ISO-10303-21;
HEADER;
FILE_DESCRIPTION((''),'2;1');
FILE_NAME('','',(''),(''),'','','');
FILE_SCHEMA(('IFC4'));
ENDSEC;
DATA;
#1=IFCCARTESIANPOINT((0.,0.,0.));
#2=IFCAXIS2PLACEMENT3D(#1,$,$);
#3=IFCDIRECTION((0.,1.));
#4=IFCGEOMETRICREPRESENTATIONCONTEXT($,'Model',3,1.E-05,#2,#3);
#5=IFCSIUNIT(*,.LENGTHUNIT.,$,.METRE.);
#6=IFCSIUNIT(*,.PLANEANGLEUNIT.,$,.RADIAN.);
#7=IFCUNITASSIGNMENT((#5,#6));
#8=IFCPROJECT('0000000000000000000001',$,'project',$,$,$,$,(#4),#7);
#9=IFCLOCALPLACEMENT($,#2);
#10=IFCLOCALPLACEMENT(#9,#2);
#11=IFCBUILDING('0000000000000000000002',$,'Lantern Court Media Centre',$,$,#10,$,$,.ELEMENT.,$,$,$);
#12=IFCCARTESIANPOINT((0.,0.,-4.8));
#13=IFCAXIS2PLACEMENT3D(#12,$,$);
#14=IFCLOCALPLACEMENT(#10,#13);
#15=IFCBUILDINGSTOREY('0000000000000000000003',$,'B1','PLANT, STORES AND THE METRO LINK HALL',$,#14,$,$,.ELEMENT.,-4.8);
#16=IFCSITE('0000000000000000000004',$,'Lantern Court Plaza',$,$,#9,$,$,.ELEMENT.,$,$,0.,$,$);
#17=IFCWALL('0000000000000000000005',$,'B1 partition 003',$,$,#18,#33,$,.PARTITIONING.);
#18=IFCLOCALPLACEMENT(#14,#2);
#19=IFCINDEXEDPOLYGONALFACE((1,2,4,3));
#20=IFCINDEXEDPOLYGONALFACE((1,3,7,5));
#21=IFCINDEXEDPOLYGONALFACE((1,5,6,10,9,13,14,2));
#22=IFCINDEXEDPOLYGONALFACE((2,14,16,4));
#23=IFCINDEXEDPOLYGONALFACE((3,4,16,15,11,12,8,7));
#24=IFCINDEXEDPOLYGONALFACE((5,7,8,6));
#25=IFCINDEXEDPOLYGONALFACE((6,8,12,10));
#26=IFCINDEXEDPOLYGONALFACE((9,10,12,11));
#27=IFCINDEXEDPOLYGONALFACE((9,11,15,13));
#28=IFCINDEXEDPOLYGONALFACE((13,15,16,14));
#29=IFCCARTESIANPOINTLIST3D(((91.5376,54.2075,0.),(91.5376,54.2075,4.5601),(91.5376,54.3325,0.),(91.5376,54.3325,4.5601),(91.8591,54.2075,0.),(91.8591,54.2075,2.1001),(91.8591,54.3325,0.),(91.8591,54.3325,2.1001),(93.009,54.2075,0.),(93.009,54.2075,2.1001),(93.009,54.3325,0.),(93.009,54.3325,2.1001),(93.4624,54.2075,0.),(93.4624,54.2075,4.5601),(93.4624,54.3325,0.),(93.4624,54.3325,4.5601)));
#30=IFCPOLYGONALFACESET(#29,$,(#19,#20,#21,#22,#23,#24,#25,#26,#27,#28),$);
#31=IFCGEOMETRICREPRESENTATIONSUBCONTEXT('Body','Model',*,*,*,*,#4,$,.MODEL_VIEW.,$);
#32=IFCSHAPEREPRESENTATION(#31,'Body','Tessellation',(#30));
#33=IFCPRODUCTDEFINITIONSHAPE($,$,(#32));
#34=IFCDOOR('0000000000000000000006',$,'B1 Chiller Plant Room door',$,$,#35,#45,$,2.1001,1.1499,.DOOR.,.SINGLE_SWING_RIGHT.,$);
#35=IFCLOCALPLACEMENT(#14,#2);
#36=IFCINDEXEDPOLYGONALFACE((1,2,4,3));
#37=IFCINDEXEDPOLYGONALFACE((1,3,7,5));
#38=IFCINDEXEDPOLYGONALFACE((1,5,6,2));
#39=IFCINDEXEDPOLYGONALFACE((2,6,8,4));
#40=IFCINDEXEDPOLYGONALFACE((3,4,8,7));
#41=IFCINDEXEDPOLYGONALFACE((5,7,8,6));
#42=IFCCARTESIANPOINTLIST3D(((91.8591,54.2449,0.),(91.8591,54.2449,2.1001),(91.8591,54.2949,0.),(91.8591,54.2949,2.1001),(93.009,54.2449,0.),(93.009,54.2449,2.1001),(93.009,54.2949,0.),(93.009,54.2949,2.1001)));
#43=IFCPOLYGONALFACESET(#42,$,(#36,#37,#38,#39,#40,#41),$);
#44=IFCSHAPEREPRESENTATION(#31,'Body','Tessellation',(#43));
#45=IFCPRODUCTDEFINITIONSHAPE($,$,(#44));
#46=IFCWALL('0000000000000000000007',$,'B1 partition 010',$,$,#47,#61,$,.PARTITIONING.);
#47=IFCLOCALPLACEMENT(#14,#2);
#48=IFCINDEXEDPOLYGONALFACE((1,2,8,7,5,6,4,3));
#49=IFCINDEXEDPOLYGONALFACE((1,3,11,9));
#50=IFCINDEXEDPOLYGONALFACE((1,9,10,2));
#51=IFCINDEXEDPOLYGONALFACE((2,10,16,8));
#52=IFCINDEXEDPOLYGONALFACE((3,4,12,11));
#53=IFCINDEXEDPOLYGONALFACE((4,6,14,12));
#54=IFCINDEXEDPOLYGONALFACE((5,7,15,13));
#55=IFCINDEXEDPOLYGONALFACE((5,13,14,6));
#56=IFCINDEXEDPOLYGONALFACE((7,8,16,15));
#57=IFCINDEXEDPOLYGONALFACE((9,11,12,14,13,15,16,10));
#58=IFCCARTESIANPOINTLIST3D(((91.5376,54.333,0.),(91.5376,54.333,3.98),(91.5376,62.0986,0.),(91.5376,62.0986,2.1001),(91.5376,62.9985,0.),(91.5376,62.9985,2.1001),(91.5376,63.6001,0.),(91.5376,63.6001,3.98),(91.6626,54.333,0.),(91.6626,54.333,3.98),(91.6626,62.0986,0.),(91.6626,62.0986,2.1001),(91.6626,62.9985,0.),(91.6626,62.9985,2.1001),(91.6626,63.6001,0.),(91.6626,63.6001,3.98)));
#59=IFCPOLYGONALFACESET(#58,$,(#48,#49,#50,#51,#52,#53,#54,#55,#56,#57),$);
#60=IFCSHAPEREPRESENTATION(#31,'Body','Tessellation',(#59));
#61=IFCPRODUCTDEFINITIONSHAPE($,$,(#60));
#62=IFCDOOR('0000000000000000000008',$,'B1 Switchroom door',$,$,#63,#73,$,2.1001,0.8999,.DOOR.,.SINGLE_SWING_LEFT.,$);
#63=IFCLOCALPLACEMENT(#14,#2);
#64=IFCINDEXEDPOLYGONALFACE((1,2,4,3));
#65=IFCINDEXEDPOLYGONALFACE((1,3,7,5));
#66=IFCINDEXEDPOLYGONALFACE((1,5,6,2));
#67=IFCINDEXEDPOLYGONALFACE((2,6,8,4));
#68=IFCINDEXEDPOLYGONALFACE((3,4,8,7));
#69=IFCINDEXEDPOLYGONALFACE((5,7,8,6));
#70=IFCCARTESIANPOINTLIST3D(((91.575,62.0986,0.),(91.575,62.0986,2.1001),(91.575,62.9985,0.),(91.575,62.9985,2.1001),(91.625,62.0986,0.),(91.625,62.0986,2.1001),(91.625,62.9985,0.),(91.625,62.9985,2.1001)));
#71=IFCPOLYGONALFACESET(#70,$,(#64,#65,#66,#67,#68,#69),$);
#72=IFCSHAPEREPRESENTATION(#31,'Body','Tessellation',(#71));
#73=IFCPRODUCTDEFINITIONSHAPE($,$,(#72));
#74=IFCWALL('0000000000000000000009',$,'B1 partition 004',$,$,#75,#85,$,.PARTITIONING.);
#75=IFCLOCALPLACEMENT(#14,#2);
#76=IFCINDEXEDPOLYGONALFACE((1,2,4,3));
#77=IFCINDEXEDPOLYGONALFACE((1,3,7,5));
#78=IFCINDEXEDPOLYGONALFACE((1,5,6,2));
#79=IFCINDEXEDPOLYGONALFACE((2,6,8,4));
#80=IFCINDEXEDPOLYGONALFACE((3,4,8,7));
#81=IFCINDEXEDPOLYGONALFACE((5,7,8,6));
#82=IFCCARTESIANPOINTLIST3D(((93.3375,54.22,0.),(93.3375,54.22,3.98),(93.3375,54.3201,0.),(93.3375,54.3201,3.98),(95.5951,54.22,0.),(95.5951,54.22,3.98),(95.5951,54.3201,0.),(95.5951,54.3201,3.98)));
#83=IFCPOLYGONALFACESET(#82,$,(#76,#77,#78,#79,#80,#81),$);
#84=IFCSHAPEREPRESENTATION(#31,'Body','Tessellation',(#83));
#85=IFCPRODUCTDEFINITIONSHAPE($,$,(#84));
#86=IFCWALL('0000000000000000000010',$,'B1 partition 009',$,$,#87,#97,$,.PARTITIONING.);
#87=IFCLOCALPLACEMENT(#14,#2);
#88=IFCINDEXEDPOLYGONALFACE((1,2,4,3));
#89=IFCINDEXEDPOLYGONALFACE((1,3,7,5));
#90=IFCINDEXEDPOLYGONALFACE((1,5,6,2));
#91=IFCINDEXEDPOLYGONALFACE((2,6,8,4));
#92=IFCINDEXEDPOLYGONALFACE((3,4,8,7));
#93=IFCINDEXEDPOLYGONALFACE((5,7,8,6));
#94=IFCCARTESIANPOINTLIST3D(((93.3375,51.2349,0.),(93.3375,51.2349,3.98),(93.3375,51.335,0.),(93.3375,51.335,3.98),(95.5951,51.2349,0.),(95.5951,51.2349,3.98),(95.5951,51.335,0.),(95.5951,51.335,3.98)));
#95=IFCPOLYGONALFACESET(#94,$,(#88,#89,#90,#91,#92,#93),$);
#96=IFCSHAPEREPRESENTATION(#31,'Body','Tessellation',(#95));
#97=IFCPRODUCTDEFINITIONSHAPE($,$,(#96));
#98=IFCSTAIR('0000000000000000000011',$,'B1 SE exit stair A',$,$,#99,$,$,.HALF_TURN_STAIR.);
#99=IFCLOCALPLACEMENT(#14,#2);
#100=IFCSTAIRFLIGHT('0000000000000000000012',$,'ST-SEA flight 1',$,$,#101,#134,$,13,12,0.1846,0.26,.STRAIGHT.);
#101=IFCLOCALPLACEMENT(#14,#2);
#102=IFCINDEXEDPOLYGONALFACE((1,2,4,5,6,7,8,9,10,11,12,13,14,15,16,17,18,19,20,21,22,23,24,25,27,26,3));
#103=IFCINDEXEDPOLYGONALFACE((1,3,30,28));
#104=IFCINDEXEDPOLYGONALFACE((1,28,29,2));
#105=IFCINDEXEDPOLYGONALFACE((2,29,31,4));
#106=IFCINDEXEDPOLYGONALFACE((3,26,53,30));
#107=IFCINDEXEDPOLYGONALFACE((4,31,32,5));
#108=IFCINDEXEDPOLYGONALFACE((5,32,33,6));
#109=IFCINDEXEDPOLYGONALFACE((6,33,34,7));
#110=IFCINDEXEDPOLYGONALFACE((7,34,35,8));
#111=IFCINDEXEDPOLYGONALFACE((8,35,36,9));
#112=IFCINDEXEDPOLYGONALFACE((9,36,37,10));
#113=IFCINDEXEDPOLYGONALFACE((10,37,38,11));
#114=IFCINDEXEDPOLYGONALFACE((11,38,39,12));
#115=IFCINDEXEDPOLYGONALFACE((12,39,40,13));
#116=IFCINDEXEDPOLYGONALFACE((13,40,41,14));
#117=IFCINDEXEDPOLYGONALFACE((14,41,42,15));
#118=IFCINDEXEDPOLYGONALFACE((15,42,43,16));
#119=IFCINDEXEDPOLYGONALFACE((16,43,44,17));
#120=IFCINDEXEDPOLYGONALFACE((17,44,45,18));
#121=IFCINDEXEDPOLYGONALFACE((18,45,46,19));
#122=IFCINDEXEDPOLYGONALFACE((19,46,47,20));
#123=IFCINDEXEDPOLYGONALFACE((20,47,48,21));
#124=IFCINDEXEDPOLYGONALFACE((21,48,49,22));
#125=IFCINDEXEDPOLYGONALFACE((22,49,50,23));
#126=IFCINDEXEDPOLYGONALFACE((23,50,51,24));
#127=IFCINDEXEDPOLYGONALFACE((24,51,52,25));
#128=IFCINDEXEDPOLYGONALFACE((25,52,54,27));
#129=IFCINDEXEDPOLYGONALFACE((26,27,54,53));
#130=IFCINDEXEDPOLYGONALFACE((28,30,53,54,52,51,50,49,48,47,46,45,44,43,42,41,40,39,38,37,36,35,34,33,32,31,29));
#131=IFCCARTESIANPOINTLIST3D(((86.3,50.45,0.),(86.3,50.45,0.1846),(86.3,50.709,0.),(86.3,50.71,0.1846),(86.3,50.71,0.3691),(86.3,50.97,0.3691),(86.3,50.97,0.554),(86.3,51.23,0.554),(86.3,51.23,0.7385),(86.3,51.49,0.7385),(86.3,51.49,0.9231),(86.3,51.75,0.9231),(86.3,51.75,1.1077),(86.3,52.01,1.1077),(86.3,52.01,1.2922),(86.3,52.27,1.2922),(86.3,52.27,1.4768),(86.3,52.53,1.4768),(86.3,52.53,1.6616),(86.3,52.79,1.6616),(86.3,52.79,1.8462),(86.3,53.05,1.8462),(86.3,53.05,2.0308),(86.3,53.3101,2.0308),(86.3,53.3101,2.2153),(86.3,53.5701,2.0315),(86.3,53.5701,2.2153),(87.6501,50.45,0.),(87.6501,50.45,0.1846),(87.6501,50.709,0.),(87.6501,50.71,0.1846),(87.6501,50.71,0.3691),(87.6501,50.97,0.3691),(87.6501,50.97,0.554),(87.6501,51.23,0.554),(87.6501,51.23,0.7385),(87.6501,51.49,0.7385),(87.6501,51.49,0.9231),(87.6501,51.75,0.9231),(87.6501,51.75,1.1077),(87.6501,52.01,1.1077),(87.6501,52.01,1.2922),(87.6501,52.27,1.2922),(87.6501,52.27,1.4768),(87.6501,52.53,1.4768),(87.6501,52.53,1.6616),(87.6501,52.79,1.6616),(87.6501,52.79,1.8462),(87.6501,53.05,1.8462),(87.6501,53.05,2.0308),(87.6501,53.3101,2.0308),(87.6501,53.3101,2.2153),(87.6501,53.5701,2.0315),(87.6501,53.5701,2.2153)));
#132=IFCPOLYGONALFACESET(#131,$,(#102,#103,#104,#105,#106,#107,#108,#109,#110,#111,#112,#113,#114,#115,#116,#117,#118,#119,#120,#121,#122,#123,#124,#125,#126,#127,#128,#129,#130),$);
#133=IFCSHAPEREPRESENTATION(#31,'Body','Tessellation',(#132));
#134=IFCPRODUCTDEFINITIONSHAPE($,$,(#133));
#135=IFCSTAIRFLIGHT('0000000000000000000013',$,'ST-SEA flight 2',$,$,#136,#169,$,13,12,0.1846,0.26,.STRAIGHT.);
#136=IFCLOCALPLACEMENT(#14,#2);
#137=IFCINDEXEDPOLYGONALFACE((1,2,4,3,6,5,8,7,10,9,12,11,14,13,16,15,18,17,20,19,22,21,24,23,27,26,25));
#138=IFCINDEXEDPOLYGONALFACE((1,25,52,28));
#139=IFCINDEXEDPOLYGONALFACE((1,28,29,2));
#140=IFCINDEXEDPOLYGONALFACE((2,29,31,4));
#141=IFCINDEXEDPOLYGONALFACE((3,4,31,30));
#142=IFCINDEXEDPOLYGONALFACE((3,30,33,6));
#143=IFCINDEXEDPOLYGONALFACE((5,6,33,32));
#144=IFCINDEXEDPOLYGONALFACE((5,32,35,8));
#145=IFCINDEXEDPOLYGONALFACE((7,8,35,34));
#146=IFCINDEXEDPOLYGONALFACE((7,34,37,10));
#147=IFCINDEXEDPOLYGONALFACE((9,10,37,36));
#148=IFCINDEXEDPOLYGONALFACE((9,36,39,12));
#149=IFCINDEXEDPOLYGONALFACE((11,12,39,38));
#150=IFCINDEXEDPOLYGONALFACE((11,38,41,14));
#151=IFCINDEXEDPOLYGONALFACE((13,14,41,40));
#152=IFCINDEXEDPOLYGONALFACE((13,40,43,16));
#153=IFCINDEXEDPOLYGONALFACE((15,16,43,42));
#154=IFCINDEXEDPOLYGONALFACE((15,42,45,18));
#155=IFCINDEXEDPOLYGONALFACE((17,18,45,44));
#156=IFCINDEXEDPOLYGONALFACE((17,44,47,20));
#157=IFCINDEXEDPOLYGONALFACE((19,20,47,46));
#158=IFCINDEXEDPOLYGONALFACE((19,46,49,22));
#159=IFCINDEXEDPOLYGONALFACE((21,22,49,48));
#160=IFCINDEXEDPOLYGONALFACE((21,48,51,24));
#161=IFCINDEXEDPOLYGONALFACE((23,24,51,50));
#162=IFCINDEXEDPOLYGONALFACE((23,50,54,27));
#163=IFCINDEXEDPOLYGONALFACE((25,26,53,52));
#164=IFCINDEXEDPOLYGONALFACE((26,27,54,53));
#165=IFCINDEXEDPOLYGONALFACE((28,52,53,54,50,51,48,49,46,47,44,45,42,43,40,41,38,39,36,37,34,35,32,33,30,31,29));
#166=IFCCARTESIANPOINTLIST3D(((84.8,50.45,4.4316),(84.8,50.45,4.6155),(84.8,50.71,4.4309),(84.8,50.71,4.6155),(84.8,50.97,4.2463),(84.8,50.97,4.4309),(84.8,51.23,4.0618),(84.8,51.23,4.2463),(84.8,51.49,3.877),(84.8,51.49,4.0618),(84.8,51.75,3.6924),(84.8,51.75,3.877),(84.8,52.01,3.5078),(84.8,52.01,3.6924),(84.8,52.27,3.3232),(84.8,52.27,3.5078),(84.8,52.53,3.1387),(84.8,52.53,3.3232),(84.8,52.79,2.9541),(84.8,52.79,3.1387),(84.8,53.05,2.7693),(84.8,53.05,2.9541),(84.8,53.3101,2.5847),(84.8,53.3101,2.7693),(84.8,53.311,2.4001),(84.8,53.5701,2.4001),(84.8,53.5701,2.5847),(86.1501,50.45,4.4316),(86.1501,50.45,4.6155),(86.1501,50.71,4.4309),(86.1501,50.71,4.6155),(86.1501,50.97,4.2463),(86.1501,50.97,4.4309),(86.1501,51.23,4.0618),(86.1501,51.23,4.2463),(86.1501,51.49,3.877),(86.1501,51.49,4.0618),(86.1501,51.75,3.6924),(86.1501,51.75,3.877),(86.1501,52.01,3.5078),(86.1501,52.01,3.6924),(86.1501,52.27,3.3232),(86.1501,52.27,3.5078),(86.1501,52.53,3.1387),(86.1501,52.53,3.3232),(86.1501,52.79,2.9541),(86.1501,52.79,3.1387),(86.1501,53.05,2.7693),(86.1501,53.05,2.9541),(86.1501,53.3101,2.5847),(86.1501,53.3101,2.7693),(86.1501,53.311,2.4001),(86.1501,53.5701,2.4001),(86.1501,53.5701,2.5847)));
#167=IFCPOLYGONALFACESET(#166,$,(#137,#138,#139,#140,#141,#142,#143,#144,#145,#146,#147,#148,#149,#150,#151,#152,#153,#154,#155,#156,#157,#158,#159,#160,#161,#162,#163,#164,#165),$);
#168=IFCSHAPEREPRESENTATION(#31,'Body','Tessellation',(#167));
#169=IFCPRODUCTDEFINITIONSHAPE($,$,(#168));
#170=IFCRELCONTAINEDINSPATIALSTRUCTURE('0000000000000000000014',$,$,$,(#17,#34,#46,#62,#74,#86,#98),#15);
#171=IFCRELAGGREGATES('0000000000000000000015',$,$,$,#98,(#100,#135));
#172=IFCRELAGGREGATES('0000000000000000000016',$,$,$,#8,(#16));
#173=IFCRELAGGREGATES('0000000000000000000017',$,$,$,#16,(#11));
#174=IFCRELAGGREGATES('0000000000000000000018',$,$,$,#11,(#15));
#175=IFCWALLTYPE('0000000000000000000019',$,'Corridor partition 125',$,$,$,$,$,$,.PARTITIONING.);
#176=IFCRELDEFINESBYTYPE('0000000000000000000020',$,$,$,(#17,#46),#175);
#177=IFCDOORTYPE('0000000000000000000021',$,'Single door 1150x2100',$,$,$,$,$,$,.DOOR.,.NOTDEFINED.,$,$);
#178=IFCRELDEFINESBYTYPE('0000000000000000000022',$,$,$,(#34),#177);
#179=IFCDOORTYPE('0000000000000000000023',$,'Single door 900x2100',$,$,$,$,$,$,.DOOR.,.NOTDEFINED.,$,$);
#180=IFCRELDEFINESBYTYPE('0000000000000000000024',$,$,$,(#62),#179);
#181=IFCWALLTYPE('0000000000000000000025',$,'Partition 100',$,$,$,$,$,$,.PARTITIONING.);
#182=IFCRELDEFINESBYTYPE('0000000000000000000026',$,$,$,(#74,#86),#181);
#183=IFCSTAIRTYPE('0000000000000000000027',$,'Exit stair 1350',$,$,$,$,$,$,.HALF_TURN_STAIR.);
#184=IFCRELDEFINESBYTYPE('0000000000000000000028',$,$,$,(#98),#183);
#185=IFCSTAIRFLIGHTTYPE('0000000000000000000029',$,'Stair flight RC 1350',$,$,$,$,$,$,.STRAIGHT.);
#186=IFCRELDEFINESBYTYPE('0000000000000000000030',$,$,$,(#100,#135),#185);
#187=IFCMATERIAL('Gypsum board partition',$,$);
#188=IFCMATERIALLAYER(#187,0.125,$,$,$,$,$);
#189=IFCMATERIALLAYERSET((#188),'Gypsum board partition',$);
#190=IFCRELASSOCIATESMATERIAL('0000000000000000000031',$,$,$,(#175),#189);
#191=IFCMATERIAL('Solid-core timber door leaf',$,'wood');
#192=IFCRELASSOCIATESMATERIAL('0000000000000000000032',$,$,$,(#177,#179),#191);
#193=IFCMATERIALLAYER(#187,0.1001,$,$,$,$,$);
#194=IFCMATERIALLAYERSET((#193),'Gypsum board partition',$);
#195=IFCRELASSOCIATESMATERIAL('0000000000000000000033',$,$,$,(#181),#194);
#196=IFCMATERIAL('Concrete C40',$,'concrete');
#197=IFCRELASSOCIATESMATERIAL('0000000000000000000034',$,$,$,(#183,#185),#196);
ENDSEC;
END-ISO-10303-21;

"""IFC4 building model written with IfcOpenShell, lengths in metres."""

from ifc_helpers import new_model, si_unit, direction, frame, frame_2d, origin, place, context, subcontext, project, spatial, polyline, rectangle, outline, extrude, material, layer, layer_set, type_object, element, fill, aggregate, save


model = new_model("IFC4")

# Units and contexts
model_context = context("Model", 3, precision=1e-05, world=origin(), true_north=direction((0.0, 1.0)))
body_context = subcontext(model_context, "Body", "Model", "MODEL_VIEW")
ifc_project = project(units=[si_unit("LENGTHUNIT", "METRE"), si_unit("PLANEANGLEUNIT", "RADIAN")], contexts=[model_context])

# Site, building, storey
site_placement = place(None, origin())
site = spatial("IfcSite", under=ifc_project, at=site_placement, Name="Lantern Court Plaza", CompositionType="ELEMENT", RefElevation=0.0)
building_placement = place(site_placement, origin())
building = spatial("IfcBuilding", under=site, at=building_placement, Name="Lantern Court Media Centre", CompositionType="ELEMENT")
storey_placement = place(building_placement, frame((0.0, 0.0, -4.8)))
storey = spatial("IfcBuildingStorey", under=building, at=storey_placement, Name="B1", Description="PLANT, STORES AND THE METRO LINK HALL", CompositionType="ELEMENT", Elevation=-4.8)

# Walls, openings, doors
ifc_material_1 = material(Name="Gypsum board partition")
ifc_layer_1 = layer(ifc_material_1, 0.125)
ifc_layer_set_1 = layer_set([ifc_layer_1], Name="Gypsum board partition")
wall_type_1 = type_object("IfcWallType", Name="Corridor partition 125", PredefinedType="PARTITIONING", material=ifc_layer_set_1)
wall_1_placement = place(storey_placement, frame((91.5376, 54.27, 0.0), z_axis=(0.0, 0.0, 1.0), x_axis=(1.0, 0.0, 0.0)))
wall_1 = element("IfcWall", 1, at=wall_1_placement, inside=storey, type_object=wall_type_1, Name="B1 partition 003", PredefinedType="PARTITIONING", context=body_context, shape_type="SweptSolid", body=[
    extrude(rectangle(XDim=1.9248, YDim=0.125, at=frame_2d((0.9624, 0.0))), origin(), (0.0, 0.0, 1.0), 4.5601),
])
opening_1_placement = place(wall_1_placement, frame((0.3215, 0.0, 0.0)))
opening_1 = element("IfcOpeningElement", 2, at=opening_1_placement, cuts=wall_1, PredefinedType="OPENING", context=body_context, shape_type="SweptSolid", body=[
    extrude(rectangle(XDim=1.1499, YDim=2.1001, at=frame_2d((0.575, 1.05))), frame((0.0, 0.0725, 0.0), z_axis=(0.0, -1.0, 0.0), x_axis=(1.0, 0.0, 0.0)), (0.0, 0.0, 1.0), 0.145),
])
ifc_material_2 = material(Name="Solid-core timber door leaf", Category="wood")
door_type_1 = type_object("IfcDoorType", Name="Single door 1150x2100", OperationType="NOTDEFINED", PredefinedType="DOOR", material=ifc_material_2)
door_1_placement = place(opening_1_placement, origin())
door_1 = element("IfcDoor", 3, at=door_1_placement, inside=storey, type_object=door_type_1, Name="B1 Chiller Plant Room door", OperationType="SINGLE_SWING_RIGHT", OverallHeight=2.1001, OverallWidth=1.1499, PredefinedType="DOOR", context=body_context, shape_type="SweptSolid", body=[
    extrude(rectangle(XDim=1.1499, YDim=2.1001, at=frame_2d((0.575, 1.05))), frame((0.0, 0.0249, 0.0), z_axis=(0.0, -1.0, 0.0), x_axis=(1.0, 0.0, 0.0)), (0.0, 0.0, 1.0), 0.05),
])
fill(opening_1, door_1)
wall_2_placement = place(storey_placement, frame((91.6001, 54.333, 0.0), z_axis=(0.0, 0.0, 1.0), x_axis=(0.0, 1.0, 0.0)))
wall_2 = element("IfcWall", 4, at=wall_2_placement, inside=storey, type_object=wall_type_1, Name="B1 partition 010", PredefinedType="PARTITIONING", context=body_context, shape_type="SweptSolid", body=[
    extrude(rectangle(XDim=9.2671, YDim=0.125, at=frame_2d((4.6335, 0.0))), origin(), (0.0, 0.0, 1.0), 3.98),
])
opening_2_placement = place(wall_2_placement, frame((7.7656, 0.0, 0.0)))
opening_2 = element("IfcOpeningElement", 5, at=opening_2_placement, cuts=wall_2, PredefinedType="OPENING", context=body_context, shape_type="SweptSolid", body=[
    extrude(rectangle(XDim=0.8999, YDim=2.1001, at=frame_2d((0.45, 1.05))), frame((0.0, 0.0725, 0.0), z_axis=(0.0, -1.0, 0.0), x_axis=(1.0, 0.0, 0.0)), (0.0, 0.0, 1.0), 0.145),
])
door_type_2 = type_object("IfcDoorType", Name="Single door 900x2100", OperationType="NOTDEFINED", PredefinedType="DOOR", material=ifc_material_2)
door_2_placement = place(opening_2_placement, frame((0.8999, 0.0, 0.0), z_axis=(0.0, 0.0, 1.0), x_axis=(-1.0, 0.0, 0.0)))
door_2 = element("IfcDoor", 6, at=door_2_placement, inside=storey, type_object=door_type_2, Name="B1 Switchroom door", OperationType="SINGLE_SWING_LEFT", OverallHeight=2.1001, OverallWidth=0.8999, PredefinedType="DOOR", context=body_context, shape_type="SweptSolid", body=[
    extrude(rectangle(XDim=0.8999, YDim=2.1001, at=frame_2d((0.45, 1.05))), frame((0.0, 0.0249, 0.0), z_axis=(0.0, -1.0, 0.0), x_axis=(1.0, 0.0, 0.0)), (0.0, 0.0, 1.0), 0.05),
])
fill(opening_2, door_2)

# Walls
ifc_layer_2 = layer(ifc_material_1, 0.1001)
ifc_layer_set_2 = layer_set([ifc_layer_2], Name="Gypsum board partition")
wall_type_2 = type_object("IfcWallType", Name="Partition 100", PredefinedType="PARTITIONING", material=ifc_layer_set_2)
for number, where, z_axis, x_axis, name in (
    (7, (93.3374, 54.27, 0.0), (0.0, 0.0, 1.0), (1.0, 0.0, 0.0), "B1 partition 004"),
    (8, (93.3374, 51.2849, 0.0), (0.0, 0.0, 1.0), (1.0, 0.0, 0.0), "B1 partition 009"),
):
    element("IfcWall", number, at=place(storey_placement, frame(where, z_axis=z_axis, x_axis=x_axis)), inside=storey, type_object=wall_type_2, Name=name, PredefinedType="PARTITIONING", context=body_context, shape_type="SweptSolid", body=[
        extrude(rectangle(XDim=2.2576, YDim=0.1001, at=frame_2d((1.1289, 0.0))), origin(), (0.0, 0.0, 1.0), 3.98),
    ])

# Stair, stair flights
ifc_material_3 = material(Name="Concrete C40", Category="concrete")
stair_type = type_object("IfcStairType", Name="Exit stair 1350", PredefinedType="HALF_TURN_STAIR", material=ifc_material_3)
stair_1_placement = place(storey_placement, origin())
stair_1 = element("IfcStair", 9, at=stair_1_placement, inside=storey, type_object=stair_type, Name="B1 SE exit stair A", PredefinedType="HALF_TURN_STAIR")
stair_flight_type = type_object("IfcStairFlightType", Name="Stair flight RC 1350", PredefinedType="STRAIGHT", material=ifc_material_3)
stair_flight_1_placement = place(storey_placement, frame((86.9751, 50.45, 0.0), z_axis=(0.0, 0.0, 1.0), x_axis=(0.0, 1.0, 0.0)))
stair_flight_1 = element("IfcStairFlight", 10, at=stair_flight_1_placement, type_object=stair_flight_type, Name="ST-SEA flight 1", NumberOfRisers=13, NumberOfTreads=12, PredefinedType="STRAIGHT", RiserHeight=0.1846, TreadLength=0.26, context=body_context, shape_type="SweptSolid", body=[
    extrude(outline(polyline([(0.0, 0.0), (0.0, 0.1846), (0.26, 0.1846), (0.26, 0.3691), (0.52, 0.3691), (0.52, 0.554), (0.78, 0.554), (0.78, 0.7385), (1.04, 0.7385), (1.04, 0.9231), (1.3, 0.9231), (1.3, 1.1077), (1.5601, 1.1077), (1.5601, 1.2922), (1.8201, 1.2922), (1.8201, 1.4768), (2.0801, 1.4768), (2.0801, 1.6616), (2.3401, 1.6616), (2.3401, 1.8462), (2.6001, 1.8462), (2.6001, 2.0308), (2.8601, 2.0308), (2.8601, 2.2153), (3.1201, 2.2153), (3.1201, 2.3999), (3.1201, 2.0315), (0.259, 0.0), (0.0, 0.0)])), frame((0.0, 0.675, 0.0), z_axis=(0.0, -1.0, 0.0), x_axis=(1.0, 0.0, 0.0)), (0.0, 0.0, 1.0), 1.3501),
])
stair_flight_2_placement = place(storey_placement, frame((85.4751, 53.5701, 2.4001), z_axis=(0.0, 0.0, 1.0), x_axis=(0.0, -1.0, 0.0)))
stair_flight_2 = element("IfcStairFlight", 11, at=stair_flight_2_placement, type_object=stair_flight_type, Name="ST-SEA flight 2", NumberOfRisers=13, NumberOfTreads=12, PredefinedType="STRAIGHT", RiserHeight=0.1846, TreadLength=0.26, context=body_context, shape_type="SweptSolid", body=[
    extrude(outline(polyline([(0.0, 0.0), (0.0, 0.1846), (0.26, 0.1846), (0.26, 0.3691), (0.52, 0.3691), (0.52, 0.554), (0.78, 0.554), (0.78, 0.7385), (1.04, 0.7385), (1.04, 0.9231), (1.3, 0.9231), (1.3, 1.1077), (1.5601, 1.1077), (1.5601, 1.2922), (1.8201, 1.2922), (1.8201, 1.4768), (2.0801, 1.4768), (2.0801, 1.6616), (2.3401, 1.6616), (2.3401, 1.8462), (2.6001, 1.8462), (2.6001, 2.0308), (2.8601, 2.0308), (2.8601, 2.2153), (3.1201, 2.2153), (3.1201, 2.3999), (3.1201, 2.0315), (0.259, 0.0), (0.0, 0.0)])), frame((0.0, 0.675, 0.0), z_axis=(0.0, -1.0, 0.0), x_axis=(1.0, 0.0, 0.0)), (0.0, 0.0, 1.0), 1.3501),
])
aggregate(stair_1, [stair_flight_1, stair_flight_2])

save(model, "model.ifc")
